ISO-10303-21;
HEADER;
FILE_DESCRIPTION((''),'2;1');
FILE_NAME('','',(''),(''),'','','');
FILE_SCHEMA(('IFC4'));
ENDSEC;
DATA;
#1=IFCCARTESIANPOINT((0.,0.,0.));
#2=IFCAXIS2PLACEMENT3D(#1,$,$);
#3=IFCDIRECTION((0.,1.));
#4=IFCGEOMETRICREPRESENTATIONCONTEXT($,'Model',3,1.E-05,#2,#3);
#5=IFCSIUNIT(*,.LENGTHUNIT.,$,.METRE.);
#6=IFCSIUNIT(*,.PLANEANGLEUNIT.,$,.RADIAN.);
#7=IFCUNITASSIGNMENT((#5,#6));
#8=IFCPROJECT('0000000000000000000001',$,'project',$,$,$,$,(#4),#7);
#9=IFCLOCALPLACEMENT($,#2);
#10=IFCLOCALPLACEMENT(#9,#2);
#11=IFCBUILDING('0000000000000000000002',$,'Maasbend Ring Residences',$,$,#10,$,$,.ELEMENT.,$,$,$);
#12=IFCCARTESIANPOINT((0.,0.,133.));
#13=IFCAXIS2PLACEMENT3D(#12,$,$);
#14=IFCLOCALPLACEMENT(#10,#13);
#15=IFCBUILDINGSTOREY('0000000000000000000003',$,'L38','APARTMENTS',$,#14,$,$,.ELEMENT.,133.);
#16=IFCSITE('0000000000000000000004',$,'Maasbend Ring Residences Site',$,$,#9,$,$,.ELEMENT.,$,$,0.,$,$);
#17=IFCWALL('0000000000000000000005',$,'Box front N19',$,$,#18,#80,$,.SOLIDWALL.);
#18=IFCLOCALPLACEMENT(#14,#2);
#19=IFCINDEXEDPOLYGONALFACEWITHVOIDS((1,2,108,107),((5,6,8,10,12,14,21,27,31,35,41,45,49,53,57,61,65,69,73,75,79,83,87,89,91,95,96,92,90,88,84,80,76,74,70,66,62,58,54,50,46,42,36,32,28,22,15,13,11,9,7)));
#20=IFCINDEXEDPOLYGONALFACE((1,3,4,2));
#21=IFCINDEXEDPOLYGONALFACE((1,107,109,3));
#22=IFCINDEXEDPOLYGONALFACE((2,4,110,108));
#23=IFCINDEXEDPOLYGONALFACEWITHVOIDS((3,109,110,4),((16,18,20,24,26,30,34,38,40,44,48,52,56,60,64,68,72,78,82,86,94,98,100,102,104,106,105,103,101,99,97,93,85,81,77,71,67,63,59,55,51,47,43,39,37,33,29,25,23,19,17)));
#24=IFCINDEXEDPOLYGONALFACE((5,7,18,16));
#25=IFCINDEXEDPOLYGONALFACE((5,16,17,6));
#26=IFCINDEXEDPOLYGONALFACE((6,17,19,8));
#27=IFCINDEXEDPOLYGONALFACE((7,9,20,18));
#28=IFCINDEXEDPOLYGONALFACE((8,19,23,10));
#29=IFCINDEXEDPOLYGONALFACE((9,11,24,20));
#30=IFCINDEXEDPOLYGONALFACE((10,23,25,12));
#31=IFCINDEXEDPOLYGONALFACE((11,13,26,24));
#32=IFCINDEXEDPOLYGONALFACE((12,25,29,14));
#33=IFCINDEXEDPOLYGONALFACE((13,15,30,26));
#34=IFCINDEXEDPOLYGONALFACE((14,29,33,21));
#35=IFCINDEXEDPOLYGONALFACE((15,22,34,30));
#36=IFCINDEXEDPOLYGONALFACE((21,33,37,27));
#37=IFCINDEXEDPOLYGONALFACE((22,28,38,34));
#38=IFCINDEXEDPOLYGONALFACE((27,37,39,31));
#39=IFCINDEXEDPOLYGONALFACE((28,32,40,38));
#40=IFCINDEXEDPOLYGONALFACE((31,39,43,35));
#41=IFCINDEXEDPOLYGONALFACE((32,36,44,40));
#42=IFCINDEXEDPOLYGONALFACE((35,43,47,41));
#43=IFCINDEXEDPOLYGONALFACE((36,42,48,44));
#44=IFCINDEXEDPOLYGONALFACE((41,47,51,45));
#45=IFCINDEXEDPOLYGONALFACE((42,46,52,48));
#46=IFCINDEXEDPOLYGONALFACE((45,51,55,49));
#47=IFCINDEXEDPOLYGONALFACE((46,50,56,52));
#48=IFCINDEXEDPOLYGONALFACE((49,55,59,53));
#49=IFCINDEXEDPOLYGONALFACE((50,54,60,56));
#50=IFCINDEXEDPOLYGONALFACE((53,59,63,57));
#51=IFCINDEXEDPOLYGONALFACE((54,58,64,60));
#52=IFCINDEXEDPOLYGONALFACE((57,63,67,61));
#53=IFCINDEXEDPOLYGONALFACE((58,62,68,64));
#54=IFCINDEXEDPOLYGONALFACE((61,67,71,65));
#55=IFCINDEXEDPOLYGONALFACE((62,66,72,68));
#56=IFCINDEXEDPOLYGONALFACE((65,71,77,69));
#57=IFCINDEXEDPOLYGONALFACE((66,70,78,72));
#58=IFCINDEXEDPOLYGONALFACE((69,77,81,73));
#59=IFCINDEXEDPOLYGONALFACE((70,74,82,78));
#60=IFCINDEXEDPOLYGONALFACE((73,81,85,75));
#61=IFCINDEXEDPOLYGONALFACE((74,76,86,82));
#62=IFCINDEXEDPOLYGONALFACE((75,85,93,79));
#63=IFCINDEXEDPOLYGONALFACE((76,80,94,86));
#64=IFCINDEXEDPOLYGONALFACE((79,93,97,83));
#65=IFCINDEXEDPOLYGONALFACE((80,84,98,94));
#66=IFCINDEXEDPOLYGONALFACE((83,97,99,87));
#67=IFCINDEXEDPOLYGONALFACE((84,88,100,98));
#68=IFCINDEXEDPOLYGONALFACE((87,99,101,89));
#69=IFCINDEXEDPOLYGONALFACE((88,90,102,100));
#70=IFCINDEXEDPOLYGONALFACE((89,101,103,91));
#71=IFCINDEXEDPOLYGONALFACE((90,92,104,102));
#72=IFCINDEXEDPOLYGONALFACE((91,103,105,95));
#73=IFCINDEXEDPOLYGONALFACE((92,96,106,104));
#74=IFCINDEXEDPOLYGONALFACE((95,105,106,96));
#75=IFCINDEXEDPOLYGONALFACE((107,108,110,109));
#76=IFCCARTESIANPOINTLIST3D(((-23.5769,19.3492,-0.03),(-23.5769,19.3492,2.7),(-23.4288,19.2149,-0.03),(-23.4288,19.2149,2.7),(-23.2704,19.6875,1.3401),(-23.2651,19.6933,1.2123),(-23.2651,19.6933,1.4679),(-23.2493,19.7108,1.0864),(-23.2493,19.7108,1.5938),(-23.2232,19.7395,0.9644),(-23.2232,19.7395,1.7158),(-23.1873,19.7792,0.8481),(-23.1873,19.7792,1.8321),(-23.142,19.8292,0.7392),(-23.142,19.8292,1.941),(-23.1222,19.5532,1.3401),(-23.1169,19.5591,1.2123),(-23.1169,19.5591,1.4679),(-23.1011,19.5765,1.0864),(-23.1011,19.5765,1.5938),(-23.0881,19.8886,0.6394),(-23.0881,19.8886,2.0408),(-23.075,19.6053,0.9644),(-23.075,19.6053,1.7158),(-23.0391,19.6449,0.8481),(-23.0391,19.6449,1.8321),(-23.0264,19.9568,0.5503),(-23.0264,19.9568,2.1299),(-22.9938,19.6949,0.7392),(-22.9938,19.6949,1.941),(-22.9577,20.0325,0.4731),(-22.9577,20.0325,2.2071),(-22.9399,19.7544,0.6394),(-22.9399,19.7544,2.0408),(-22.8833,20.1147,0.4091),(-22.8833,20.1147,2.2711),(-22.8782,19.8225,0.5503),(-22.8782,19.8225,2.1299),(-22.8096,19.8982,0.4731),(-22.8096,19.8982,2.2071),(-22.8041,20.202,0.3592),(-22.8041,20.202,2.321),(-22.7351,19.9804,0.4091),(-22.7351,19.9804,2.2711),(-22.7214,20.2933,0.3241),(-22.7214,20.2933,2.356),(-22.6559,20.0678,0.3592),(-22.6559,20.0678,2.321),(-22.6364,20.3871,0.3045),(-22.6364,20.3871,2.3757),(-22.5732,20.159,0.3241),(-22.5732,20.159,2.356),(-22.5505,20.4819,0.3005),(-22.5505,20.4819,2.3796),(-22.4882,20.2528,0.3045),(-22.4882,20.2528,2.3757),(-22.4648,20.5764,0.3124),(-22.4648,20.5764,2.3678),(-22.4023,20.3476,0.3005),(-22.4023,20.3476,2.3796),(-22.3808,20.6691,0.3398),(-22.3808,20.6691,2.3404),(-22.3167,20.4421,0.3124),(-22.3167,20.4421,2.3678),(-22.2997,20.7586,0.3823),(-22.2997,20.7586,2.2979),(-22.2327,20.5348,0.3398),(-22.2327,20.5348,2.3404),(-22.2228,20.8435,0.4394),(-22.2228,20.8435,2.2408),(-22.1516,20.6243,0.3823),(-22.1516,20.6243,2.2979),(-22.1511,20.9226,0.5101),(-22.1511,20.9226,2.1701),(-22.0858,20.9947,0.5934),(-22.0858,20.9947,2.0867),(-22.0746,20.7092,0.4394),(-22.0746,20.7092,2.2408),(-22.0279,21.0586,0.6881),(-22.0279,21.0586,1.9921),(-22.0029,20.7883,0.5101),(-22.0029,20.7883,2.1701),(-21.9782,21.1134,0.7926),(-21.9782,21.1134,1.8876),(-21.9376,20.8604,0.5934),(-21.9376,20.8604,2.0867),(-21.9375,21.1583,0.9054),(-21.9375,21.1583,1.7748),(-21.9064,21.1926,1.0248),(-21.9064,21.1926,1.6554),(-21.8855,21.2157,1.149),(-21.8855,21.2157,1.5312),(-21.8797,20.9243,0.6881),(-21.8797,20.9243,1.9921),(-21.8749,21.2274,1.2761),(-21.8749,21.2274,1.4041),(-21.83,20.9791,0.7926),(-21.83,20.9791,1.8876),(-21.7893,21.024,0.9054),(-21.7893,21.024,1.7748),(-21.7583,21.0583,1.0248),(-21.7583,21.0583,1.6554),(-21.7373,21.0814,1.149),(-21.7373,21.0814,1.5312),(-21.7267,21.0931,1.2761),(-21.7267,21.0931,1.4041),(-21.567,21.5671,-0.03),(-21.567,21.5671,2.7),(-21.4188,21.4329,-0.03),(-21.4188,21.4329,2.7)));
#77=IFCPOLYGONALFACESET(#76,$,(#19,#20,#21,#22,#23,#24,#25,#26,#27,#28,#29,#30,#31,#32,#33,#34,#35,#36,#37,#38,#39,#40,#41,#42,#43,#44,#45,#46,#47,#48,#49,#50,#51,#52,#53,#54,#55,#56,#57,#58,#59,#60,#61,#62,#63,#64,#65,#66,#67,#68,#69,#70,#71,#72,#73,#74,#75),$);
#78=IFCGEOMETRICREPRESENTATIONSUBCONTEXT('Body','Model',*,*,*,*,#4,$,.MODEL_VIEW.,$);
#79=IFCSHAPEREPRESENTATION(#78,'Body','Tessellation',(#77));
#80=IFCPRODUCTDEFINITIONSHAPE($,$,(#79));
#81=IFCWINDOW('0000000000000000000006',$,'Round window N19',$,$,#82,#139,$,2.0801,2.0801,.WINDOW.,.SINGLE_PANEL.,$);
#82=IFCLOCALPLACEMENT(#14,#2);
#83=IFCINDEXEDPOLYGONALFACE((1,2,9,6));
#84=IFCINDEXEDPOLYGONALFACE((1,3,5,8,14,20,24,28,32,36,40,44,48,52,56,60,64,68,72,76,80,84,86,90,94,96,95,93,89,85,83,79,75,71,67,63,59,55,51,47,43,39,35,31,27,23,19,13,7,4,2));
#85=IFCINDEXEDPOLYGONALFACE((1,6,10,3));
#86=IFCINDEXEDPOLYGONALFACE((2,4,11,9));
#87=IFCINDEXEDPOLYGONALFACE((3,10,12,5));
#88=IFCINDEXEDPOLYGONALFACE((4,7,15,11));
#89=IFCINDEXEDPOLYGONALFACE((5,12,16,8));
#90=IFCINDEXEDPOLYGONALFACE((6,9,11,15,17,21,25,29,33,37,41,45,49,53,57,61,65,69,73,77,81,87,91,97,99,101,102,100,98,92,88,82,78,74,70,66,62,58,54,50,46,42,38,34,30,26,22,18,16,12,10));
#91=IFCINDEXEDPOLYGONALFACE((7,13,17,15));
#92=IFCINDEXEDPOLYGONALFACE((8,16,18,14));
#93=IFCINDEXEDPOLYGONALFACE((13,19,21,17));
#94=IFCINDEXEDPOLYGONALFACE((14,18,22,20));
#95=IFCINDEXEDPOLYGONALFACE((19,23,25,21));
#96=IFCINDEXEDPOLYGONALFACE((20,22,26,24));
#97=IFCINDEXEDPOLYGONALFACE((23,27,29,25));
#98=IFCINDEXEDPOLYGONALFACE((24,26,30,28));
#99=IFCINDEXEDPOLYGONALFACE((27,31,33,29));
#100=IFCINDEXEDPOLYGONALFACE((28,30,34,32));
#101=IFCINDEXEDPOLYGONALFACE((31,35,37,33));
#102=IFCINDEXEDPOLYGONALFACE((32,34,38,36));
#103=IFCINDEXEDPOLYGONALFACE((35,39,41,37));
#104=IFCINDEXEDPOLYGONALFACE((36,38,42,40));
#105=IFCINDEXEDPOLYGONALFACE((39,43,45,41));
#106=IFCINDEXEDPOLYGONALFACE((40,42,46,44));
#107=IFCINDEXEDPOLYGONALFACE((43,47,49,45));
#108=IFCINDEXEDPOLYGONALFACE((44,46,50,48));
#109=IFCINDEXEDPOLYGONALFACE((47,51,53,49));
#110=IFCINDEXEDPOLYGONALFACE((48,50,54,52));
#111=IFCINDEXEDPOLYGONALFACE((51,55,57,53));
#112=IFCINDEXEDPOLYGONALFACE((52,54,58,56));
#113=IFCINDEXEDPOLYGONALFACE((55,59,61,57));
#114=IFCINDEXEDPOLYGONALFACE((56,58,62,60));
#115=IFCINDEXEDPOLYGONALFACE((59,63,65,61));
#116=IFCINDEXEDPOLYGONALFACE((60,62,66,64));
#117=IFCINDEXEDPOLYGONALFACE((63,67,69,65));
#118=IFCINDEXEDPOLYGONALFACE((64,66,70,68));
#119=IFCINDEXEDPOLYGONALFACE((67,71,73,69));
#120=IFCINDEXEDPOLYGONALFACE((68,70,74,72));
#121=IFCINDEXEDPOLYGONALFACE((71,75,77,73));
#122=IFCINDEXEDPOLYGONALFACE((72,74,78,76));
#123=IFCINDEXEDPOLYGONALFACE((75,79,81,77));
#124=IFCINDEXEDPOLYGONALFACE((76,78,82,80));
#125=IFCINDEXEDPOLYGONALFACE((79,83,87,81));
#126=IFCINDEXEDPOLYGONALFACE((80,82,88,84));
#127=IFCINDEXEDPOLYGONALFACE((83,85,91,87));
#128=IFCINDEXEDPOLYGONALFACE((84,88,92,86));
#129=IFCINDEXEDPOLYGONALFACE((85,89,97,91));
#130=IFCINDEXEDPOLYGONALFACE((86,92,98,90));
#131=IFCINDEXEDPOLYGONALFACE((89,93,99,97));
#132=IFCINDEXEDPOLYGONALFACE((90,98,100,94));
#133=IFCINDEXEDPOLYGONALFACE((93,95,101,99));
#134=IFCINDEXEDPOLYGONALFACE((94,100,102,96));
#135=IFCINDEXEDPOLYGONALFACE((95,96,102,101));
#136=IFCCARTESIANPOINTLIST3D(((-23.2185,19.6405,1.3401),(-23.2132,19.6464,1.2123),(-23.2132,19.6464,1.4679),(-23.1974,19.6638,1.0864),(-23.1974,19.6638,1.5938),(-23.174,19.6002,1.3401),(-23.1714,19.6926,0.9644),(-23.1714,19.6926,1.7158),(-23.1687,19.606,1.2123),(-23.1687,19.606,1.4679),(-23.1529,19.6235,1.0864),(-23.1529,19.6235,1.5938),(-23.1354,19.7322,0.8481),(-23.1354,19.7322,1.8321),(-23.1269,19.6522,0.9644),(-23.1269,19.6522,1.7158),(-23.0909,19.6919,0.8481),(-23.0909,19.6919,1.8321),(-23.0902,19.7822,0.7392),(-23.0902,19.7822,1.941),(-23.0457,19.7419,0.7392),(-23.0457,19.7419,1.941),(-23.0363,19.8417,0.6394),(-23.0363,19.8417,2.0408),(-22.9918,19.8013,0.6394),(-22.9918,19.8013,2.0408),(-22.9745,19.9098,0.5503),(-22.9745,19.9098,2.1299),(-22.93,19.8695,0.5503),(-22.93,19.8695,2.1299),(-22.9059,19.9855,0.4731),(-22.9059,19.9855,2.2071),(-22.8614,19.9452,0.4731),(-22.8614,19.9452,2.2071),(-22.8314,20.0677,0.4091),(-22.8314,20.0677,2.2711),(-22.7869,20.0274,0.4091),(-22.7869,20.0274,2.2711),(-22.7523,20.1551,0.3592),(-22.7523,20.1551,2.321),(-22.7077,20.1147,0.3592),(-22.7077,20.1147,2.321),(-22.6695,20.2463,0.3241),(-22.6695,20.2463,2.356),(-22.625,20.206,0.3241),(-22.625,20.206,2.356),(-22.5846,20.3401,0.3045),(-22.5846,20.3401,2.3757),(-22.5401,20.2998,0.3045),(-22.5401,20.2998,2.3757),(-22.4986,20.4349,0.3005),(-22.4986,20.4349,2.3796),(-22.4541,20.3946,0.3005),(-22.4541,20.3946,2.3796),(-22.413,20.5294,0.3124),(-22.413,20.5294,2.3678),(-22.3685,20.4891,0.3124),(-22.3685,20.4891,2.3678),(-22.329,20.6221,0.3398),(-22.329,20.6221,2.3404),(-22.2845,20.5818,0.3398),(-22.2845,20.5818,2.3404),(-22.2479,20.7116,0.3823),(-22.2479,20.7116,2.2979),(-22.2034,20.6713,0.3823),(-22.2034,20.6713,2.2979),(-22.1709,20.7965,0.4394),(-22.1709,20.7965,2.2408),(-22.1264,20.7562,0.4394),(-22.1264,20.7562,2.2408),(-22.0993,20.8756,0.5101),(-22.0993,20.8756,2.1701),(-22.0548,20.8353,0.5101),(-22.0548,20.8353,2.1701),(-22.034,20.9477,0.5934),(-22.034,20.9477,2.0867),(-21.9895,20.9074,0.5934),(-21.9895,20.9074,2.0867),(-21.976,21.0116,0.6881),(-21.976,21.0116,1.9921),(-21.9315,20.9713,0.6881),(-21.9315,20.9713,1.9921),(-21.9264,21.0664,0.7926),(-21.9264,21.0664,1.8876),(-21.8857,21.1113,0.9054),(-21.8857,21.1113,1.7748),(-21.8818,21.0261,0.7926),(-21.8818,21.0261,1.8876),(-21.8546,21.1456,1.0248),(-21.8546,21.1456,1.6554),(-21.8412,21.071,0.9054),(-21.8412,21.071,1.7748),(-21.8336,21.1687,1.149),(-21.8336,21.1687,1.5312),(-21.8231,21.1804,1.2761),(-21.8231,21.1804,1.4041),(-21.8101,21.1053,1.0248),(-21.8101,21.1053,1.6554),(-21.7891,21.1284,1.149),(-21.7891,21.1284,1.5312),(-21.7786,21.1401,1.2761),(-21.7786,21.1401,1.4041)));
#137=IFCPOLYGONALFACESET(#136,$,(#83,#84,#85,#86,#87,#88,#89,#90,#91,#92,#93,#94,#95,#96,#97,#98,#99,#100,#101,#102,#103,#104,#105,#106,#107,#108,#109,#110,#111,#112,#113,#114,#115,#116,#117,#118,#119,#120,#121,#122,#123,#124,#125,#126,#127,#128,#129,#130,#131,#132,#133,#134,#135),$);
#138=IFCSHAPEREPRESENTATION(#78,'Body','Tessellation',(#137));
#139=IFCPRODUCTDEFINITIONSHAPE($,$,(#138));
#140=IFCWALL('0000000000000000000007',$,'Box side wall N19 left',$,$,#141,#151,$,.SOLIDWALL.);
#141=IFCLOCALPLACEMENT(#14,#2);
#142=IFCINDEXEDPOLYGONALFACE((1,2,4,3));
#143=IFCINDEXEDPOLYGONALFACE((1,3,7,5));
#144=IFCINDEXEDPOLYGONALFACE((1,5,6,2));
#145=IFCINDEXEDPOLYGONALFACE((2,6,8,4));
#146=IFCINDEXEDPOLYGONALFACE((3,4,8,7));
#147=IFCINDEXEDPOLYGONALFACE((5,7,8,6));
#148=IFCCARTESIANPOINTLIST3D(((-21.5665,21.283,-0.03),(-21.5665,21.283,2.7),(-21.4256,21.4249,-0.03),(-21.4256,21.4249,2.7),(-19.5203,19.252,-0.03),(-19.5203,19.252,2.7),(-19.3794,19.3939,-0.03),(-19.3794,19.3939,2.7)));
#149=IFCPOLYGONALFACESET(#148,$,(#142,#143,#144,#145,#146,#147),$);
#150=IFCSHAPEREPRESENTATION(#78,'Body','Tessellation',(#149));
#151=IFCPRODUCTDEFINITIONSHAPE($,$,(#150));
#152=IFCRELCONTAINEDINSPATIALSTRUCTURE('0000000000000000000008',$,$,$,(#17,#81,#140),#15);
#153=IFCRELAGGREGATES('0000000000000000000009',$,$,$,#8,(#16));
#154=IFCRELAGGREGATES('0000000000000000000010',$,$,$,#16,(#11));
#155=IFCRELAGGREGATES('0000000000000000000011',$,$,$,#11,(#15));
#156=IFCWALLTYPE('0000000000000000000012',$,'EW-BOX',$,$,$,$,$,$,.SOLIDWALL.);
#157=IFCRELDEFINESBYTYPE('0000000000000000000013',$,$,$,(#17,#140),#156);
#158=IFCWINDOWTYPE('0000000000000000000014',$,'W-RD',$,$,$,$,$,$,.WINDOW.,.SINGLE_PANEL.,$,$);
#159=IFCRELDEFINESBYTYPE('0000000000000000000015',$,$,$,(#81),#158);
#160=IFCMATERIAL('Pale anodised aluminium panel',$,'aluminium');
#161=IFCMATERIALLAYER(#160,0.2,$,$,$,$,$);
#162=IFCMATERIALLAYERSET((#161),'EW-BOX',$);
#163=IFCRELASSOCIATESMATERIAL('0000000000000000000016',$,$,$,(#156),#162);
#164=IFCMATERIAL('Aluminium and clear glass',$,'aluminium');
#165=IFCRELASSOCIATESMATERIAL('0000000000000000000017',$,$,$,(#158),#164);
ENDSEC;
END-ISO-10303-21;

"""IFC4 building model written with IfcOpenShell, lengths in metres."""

from ifc_helpers import new_model, si_unit, direction, frame, frame_2d, origin, place, context, subcontext, project, spatial, rectangle, circle, extrude, material, layer, layer_set, type_object, element, fill, save


model = new_model("IFC4")

# Units and contexts
model_context = context("Model", 3, precision=1e-05, world=origin(), true_north=direction((0.0, 1.0)))
body_context = subcontext(model_context, "Body", "Model", "MODEL_VIEW")
ifc_project = project(units=[si_unit("LENGTHUNIT", "METRE"), si_unit("PLANEANGLEUNIT", "RADIAN")], contexts=[model_context])

# Site, building, storey
site_placement = place(None, origin())
site = spatial("IfcSite", under=ifc_project, at=site_placement, Name="Maasbend Ring Residences Site", CompositionType="ELEMENT", RefElevation=0.0)
building_placement = place(site_placement, origin())
building = spatial("IfcBuilding", under=site, at=building_placement, Name="Maasbend Ring Residences", CompositionType="ELEMENT")
storey_placement = place(building_placement, frame((0.0, 0.0, 133.0)))
storey = spatial("IfcBuildingStorey", under=building, at=storey_placement, Name="L38", Description="APARTMENTS", CompositionType="ELEMENT", Elevation=133.0)

# Shared definitions
ifc_material_1 = material(Name="Pale anodised aluminium panel", Category="aluminium")
ifc_layer_1 = layer(ifc_material_1, 0.2)
ifc_layer_set_1 = layer_set([ifc_layer_1], Name="EW-BOX")
wall_type_1 = type_object("IfcWallType", Name="EW-BOX", PredefinedType="SOLIDWALL", material=ifc_layer_set_1)
ifc_material_2 = material(Name="Aluminium and clear glass", Category="aluminium")
window_type_1 = type_object("IfcWindowType", Name="W-RD", PartitioningType="SINGLE_PANEL", PredefinedType="WINDOW", material=ifc_material_2)

# Wall, opening, window
wall_1_placement = place(storey_placement, frame((-21.4929, 21.5, -0.03), z_axis=(0.0, 0.0, 1.0), x_axis=(-0.671507, -0.740998, 0.0)))
wall_1 = element("IfcWall", 1, at=wall_1_placement, inside=storey, type_object=wall_type_1, Name="Box front N19", PredefinedType="SOLIDWALL", context=body_context, shape_type="SweptSolid", body=[
    extrude(rectangle(XDim=2.9932, YDim=0.2, at=frame_2d((1.4966, 0.0))), origin(), (0.0, 0.0, 1.0), 2.73),
])
opening_1_placement = place(wall_1_placement, frame((0.4565, 0.0, 0.3301)))
opening_1 = element("IfcOpeningElement", 2, at=opening_1_placement, cuts=wall_1, PredefinedType="OPENING", context=body_context, shape_type="SweptSolid", body=[
    extrude(circle(Radius=1.04, at=frame_2d((1.04, 1.04))), frame((0.0, 0.1099, 0.0), z_axis=(0.0, -1.0, 0.0), x_axis=(1.0, 0.0, 0.0)), (0.0, 0.0, 1.0), 0.22),
])
window_1_placement = place(opening_1_placement, origin())
window_1 = element("IfcWindow", 3, at=window_1_placement, inside=storey, type_object=window_type_1, Name="Round window N19", OverallHeight=2.0801, OverallWidth=2.0801, PartitioningType="SINGLE_PANEL", PredefinedType="WINDOW", context=body_context, shape_type="SweptSolid", body=[
    extrude(circle(Radius=1.04, at=frame_2d((1.04, 1.04))), frame((0.0, 0.03, 0.0), z_axis=(0.0, -1.0, 0.0), x_axis=(1.0, 0.0, 0.0)), (0.0, 0.0, 1.0), 0.0601),
])
fill(opening_1, window_1)

# Wall
wall_2_placement = place(storey_placement, frame((-19.45, 19.323, -0.03), z_axis=(0.0, 0.0, 1.0), x_axis=(-0.709727, 0.704477, 0.0)))
element("IfcWall", 4, at=wall_2_placement, inside=storey, type_object=wall_type_1, Name="Box side wall N19 left", PredefinedType="SOLIDWALL", context=body_context, shape_type="SweptSolid", body=[
    extrude(rectangle(XDim=2.8831, YDim=0.2, at=frame_2d((1.4414, 0.0))), origin(), (0.0, 0.0, 1.0), 2.73),
])

save(model, "model.ifc")
